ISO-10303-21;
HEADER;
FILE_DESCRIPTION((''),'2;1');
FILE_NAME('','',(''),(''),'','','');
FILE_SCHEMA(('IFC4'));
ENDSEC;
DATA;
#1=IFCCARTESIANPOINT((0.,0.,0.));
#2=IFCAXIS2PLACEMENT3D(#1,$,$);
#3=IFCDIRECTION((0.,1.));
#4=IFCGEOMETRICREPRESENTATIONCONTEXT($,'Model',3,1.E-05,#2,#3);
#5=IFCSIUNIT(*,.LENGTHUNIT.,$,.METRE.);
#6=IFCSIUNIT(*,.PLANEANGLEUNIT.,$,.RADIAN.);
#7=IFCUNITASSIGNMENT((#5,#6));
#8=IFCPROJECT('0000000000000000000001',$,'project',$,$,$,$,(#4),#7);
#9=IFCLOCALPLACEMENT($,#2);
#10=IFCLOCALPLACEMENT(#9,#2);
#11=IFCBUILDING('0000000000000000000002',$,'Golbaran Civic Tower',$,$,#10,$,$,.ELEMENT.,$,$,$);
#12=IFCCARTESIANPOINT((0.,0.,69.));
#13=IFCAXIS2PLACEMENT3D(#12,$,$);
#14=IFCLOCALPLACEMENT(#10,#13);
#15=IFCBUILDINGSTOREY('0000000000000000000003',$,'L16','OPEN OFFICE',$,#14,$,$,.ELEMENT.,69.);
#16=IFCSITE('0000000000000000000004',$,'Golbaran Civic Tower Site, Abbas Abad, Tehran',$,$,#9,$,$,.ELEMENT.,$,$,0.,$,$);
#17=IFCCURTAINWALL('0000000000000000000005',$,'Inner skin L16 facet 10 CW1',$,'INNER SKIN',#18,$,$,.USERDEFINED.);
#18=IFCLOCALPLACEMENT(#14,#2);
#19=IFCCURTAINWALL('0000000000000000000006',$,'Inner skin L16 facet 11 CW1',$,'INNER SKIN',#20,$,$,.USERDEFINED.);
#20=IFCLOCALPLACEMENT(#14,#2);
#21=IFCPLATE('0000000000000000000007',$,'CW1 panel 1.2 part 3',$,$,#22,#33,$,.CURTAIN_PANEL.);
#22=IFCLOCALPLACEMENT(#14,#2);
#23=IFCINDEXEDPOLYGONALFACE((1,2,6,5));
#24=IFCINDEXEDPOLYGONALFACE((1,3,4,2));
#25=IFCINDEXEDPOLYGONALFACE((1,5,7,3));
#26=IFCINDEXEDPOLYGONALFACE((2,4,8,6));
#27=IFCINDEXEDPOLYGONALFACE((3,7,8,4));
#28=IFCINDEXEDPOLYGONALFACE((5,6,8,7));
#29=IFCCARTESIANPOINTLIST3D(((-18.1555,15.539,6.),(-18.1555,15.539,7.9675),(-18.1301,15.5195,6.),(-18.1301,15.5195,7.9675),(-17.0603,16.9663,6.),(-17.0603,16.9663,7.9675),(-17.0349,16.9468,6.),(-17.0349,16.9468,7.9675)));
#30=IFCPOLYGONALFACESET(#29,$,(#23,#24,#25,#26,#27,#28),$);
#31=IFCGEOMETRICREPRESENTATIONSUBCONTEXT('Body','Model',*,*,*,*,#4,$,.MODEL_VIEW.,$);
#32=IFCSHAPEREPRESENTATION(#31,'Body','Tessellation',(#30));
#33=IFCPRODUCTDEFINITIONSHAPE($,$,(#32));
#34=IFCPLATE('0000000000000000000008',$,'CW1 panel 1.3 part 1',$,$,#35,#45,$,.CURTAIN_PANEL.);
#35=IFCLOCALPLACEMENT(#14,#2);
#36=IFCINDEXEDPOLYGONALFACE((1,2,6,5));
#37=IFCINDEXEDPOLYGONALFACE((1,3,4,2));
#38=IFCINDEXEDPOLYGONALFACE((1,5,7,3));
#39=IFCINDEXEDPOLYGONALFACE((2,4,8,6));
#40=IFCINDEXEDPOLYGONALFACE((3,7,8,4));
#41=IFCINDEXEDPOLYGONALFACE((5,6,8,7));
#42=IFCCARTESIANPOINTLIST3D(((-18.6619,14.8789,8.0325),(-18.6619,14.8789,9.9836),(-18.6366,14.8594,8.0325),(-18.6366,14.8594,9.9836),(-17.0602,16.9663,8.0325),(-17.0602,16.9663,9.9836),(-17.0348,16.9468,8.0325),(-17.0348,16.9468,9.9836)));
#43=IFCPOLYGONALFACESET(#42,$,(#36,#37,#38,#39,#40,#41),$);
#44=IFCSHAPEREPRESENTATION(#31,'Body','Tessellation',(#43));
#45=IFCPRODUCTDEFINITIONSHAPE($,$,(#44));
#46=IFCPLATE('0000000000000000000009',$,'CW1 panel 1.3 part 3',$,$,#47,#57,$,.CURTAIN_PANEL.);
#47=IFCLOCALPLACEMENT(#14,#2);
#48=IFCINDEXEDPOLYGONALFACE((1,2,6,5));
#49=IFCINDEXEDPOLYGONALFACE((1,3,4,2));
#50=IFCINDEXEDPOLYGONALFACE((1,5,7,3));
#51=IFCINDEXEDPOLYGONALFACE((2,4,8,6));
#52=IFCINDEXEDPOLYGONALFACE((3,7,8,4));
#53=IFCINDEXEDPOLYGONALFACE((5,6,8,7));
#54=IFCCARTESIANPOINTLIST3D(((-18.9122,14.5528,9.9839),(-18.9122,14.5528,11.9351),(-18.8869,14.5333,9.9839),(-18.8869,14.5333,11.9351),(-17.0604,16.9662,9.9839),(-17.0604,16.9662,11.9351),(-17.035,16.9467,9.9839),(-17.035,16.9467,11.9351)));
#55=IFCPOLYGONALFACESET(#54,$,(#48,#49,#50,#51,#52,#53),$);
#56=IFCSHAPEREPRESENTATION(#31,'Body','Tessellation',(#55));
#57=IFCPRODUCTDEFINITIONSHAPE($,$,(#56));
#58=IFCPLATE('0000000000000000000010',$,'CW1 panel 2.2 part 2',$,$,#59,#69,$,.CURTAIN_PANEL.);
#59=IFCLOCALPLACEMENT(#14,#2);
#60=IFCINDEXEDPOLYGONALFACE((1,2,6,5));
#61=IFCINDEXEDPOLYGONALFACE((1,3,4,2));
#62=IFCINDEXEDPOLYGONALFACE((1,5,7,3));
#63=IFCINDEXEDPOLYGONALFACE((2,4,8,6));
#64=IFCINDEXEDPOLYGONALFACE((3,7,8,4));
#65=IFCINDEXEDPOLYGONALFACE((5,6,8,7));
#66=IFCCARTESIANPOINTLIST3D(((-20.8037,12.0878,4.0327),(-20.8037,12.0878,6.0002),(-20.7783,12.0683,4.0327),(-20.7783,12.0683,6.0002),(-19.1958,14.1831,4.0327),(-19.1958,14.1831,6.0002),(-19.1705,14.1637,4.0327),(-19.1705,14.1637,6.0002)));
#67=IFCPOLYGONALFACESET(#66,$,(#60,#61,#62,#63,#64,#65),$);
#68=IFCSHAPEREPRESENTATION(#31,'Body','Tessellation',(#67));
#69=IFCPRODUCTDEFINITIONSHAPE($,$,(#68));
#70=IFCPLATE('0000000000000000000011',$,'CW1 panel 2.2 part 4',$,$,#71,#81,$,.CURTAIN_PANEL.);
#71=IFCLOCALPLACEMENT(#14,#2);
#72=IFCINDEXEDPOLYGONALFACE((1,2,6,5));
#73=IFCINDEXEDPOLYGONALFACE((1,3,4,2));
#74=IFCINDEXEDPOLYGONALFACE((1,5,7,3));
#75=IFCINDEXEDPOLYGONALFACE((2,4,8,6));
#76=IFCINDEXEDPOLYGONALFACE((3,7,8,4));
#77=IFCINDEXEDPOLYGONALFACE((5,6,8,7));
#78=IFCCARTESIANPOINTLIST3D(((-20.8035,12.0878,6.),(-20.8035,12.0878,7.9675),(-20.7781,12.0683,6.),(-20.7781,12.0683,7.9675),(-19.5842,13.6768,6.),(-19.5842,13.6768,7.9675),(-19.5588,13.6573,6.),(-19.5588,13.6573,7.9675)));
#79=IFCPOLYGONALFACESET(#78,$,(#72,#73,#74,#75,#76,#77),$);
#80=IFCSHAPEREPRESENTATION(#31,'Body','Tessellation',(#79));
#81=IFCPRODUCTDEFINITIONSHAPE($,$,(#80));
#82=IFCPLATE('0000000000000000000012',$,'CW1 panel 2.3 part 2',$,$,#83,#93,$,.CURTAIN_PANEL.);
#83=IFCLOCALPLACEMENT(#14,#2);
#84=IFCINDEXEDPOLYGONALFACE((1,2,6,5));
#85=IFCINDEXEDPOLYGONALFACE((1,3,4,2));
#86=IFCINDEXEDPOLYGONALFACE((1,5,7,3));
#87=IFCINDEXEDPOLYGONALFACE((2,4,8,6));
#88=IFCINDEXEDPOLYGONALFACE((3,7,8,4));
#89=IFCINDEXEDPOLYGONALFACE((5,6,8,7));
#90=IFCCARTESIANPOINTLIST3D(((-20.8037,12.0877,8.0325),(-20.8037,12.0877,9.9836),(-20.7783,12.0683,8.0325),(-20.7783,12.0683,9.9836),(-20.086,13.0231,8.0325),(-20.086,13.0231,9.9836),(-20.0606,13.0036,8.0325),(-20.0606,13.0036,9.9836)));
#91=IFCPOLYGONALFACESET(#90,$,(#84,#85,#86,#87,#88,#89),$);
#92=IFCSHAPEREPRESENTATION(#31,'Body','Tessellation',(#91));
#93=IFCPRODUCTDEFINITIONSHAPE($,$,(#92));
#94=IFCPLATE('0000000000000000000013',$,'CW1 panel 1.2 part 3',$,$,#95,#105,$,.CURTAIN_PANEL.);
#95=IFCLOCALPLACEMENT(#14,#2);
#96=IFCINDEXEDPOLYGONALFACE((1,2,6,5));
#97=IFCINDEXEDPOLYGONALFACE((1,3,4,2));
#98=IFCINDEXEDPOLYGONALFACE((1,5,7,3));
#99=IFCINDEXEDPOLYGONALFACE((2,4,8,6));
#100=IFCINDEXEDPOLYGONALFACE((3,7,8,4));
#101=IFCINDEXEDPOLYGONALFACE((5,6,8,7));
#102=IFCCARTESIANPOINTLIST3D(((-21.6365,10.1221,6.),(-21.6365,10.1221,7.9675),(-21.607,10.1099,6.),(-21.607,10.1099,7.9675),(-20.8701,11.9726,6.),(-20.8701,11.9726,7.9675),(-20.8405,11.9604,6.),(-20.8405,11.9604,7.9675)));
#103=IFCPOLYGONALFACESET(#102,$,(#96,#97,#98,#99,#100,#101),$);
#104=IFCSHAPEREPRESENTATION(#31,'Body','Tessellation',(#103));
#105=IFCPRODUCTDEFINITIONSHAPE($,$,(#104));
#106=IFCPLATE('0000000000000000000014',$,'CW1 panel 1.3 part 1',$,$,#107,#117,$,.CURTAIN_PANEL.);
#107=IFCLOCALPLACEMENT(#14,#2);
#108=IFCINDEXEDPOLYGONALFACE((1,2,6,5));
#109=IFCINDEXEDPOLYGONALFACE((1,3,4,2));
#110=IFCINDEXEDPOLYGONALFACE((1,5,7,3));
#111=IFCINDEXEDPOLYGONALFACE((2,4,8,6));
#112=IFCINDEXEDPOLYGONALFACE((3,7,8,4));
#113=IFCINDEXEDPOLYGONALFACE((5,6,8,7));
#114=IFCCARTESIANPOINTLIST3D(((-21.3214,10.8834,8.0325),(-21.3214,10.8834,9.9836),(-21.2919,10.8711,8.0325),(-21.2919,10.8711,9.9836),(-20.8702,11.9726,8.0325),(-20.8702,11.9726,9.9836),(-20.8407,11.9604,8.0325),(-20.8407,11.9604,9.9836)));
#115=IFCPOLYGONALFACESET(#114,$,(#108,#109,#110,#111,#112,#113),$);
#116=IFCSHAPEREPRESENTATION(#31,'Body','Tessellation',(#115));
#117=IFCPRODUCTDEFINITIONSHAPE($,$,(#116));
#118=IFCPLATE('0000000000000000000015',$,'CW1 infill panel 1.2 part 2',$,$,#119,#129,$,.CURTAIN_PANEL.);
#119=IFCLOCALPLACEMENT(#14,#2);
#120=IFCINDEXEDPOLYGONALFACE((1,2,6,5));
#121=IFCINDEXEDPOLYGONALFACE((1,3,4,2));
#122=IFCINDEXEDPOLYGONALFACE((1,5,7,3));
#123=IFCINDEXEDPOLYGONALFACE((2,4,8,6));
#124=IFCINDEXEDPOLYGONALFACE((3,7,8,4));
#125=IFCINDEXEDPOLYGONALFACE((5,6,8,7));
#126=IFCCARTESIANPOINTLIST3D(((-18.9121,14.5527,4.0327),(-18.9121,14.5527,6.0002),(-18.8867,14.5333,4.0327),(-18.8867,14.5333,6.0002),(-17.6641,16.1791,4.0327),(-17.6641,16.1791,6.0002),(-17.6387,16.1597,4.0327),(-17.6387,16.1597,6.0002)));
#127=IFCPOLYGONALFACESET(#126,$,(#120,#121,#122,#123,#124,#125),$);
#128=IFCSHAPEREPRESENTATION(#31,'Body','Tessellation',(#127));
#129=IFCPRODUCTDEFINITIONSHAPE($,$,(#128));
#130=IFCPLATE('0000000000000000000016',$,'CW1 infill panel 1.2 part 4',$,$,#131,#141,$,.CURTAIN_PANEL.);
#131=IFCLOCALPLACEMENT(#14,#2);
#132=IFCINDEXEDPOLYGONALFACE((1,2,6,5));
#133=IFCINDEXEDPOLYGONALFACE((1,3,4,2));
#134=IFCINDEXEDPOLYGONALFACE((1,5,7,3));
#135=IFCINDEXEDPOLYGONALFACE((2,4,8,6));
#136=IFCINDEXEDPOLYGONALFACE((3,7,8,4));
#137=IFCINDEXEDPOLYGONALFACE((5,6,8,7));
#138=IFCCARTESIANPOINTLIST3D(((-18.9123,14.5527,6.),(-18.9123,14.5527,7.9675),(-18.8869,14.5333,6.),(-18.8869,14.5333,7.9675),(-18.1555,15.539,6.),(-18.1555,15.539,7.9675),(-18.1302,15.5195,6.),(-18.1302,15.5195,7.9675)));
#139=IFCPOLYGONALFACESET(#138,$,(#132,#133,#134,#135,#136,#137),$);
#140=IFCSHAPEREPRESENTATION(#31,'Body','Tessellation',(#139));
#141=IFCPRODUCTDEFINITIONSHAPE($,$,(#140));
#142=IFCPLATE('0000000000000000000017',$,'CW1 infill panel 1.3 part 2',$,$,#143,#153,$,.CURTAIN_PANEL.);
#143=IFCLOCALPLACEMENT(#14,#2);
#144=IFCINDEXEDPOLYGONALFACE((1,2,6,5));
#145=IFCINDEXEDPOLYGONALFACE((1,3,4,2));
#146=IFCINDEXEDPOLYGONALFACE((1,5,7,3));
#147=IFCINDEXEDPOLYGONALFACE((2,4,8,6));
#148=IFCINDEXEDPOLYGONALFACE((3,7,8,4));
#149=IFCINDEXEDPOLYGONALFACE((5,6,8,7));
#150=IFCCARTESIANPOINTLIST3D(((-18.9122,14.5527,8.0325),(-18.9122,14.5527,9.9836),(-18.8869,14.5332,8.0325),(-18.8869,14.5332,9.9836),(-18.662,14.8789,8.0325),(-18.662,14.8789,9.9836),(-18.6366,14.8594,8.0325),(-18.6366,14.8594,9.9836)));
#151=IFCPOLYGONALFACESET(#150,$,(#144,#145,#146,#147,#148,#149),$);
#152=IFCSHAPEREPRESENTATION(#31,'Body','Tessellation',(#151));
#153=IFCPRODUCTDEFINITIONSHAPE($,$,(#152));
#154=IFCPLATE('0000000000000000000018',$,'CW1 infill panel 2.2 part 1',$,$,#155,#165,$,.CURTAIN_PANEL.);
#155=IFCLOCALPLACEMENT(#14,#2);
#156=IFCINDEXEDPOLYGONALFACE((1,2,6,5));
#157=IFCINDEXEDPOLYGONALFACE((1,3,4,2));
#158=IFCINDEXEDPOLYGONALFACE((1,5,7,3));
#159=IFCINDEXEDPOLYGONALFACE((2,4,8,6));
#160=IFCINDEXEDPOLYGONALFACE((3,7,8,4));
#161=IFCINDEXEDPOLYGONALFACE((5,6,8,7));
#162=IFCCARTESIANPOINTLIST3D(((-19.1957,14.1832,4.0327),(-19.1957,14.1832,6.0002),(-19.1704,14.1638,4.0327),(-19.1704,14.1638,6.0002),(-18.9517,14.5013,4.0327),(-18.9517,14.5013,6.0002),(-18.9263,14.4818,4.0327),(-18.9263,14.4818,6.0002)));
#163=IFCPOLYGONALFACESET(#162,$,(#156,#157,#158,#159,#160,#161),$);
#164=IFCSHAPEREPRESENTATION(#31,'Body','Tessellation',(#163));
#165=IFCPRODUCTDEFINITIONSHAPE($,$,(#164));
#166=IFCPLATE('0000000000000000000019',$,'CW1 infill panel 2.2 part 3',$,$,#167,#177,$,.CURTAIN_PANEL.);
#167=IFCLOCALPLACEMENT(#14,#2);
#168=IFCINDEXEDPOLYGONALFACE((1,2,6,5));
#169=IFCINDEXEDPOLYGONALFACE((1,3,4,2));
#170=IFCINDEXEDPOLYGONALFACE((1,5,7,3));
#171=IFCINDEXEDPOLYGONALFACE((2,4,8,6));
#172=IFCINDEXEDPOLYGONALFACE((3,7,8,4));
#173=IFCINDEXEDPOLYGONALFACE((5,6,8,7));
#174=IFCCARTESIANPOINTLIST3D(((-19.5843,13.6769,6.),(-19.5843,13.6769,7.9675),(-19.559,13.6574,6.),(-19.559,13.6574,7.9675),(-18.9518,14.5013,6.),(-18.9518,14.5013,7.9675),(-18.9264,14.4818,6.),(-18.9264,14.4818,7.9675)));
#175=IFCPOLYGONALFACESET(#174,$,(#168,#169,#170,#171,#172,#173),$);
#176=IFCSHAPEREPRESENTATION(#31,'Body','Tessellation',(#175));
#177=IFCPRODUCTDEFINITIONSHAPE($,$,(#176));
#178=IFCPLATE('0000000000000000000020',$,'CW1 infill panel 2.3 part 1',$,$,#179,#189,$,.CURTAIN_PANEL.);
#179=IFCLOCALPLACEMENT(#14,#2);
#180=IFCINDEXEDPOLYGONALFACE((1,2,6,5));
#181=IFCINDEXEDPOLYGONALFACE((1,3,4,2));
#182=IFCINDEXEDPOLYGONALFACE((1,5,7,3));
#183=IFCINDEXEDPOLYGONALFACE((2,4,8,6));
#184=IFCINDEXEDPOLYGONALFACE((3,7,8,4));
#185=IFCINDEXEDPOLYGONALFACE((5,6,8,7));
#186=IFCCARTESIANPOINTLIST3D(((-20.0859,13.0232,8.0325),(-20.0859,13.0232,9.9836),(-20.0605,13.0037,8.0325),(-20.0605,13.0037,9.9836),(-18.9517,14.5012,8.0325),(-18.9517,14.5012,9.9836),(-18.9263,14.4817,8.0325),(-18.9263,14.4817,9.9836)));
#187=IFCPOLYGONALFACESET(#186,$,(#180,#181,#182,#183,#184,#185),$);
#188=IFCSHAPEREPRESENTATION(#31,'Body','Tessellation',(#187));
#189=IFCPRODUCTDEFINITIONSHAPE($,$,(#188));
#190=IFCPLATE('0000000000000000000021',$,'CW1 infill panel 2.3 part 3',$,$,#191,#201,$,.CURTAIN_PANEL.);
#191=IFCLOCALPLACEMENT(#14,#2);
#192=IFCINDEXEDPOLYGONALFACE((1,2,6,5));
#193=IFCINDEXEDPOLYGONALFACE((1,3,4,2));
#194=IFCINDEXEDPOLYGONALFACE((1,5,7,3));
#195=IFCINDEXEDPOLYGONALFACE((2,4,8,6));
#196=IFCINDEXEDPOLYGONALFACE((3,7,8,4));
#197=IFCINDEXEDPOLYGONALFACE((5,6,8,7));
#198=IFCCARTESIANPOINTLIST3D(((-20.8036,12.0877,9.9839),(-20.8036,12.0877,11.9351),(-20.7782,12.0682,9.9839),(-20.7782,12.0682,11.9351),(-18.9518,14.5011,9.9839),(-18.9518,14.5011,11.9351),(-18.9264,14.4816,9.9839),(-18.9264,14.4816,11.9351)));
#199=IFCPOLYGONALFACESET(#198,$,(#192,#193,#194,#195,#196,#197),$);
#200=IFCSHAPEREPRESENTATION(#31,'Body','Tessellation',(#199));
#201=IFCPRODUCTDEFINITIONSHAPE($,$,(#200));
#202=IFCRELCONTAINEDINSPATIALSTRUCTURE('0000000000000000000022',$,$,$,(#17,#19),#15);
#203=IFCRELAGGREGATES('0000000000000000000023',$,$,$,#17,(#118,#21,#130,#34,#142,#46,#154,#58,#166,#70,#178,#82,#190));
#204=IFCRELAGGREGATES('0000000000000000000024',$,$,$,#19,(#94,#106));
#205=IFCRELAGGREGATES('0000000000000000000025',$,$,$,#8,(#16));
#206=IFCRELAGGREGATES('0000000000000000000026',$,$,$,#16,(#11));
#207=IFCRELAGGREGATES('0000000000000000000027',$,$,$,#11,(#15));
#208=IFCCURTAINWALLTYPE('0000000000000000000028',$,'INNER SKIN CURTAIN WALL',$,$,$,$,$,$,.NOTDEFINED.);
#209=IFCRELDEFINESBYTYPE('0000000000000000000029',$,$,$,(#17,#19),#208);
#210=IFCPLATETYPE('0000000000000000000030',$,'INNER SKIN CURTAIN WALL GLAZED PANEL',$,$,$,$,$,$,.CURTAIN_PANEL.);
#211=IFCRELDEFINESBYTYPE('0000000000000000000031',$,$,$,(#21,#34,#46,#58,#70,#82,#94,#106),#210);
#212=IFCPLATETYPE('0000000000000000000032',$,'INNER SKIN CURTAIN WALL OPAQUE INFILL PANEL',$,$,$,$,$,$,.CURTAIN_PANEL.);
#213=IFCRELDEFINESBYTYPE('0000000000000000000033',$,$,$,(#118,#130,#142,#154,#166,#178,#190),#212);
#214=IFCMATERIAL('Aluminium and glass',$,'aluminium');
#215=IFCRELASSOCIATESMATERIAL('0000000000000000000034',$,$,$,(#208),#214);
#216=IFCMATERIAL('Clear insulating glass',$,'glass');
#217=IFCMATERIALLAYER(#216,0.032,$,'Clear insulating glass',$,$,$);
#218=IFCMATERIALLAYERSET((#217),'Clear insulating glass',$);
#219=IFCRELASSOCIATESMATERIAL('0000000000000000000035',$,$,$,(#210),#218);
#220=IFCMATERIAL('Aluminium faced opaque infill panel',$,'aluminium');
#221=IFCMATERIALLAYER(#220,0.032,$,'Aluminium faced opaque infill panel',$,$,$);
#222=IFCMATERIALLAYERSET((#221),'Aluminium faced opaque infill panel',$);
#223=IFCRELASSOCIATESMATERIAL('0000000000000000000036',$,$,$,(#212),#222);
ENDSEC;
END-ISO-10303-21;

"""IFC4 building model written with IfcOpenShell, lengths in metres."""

from ifc_helpers import new_model, si_unit, direction, frame, origin, origin_2d, place, context, subcontext, project, spatial, rectangle, extrude, material, layer, layer_set, type_object, element, aggregate, save


model = new_model("IFC4")

# Units and contexts
model_context = context("Model", 3, precision=1e-05, world=origin(), true_north=direction((0.0, 1.0)))
body_context = subcontext(model_context, "Body", "Model", "MODEL_VIEW")
ifc_project = project(units=[si_unit("LENGTHUNIT", "METRE"), si_unit("PLANEANGLEUNIT", "RADIAN")], contexts=[model_context])

# Site, building, storey
site_placement = place(None, origin())
site = spatial("IfcSite", under=ifc_project, at=site_placement, Name="Golbaran Civic Tower Site, Abbas Abad, Tehran", CompositionType="ELEMENT", RefElevation=0.0)
building_placement = place(site_placement, origin())
building = spatial("IfcBuilding", under=site, at=building_placement, Name="Golbaran Civic Tower", CompositionType="ELEMENT")
storey_placement = place(building_placement, frame((0.0, 0.0, 69.0)))
storey = spatial("IfcBuildingStorey", under=building, at=storey_placement, Name="L16", Description="OPEN OFFICE", CompositionType="ELEMENT", Elevation=69.0)

# Curtain walls
ifc_material_1 = material(Name="Aluminium and glass", Category="aluminium")
curtain_wall_type_1 = type_object("IfcCurtainWallType", Name="INNER SKIN CURTAIN WALL", PredefinedType="NOTDEFINED", material=ifc_material_1)
curtain_wall_1_placement = place(storey_placement, origin())
curtain_wall_1 = element("IfcCurtainWall", 1, at=curtain_wall_1_placement, inside=storey, type_object=curtain_wall_type_1, Name="Inner skin L16 facet 10 CW1", ObjectType="INNER SKIN", PredefinedType="USERDEFINED")
curtain_wall_2_placement = place(storey_placement, origin())
curtain_wall_2 = element("IfcCurtainWall", 2, at=curtain_wall_2_placement, inside=storey, type_object=curtain_wall_type_1, Name="Inner skin L16 facet 11 CW1", ObjectType="INNER SKIN", PredefinedType="USERDEFINED")

# Shared definitions
ifc_material_2 = material(Name="Clear insulating glass", Category="glass")
ifc_layer_1 = layer(ifc_material_2, 0.032, Name="Clear insulating glass")
ifc_layer_set_1 = layer_set([ifc_layer_1], Name="Clear insulating glass")
plate_type_1 = type_object("IfcPlateType", Name="INNER SKIN CURTAIN WALL GLAZED PANEL", PredefinedType="CURTAIN_PANEL", material=ifc_layer_set_1)

# Plates
plate_1_placement = place(storey_placement, frame((-17.5952, 16.2429, 6.0), z_axis=(0.0, 0.0, 1.0), x_axis=(-0.608761, -0.793353, 0.0)))
plate_1 = element("IfcPlate", 3, at=plate_1_placement, type_object=plate_type_1, Name="CW1 panel 1.2 part 3", PredefinedType="CURTAIN_PANEL", context=body_context, shape_type="SweptSolid", body=[
    extrude(rectangle(XDim=1.7991, YDim=0.032, at=origin_2d()), origin(), (0.0, 0.0, 1.0), 1.9675),
])
plate_2_placement = place(storey_placement, frame((-17.8484, 15.9128, 8.0325), z_axis=(0.0, 0.0, 1.0), x_axis=(-0.608761, -0.793353, 0.0)))
plate_2 = element("IfcPlate", 4, at=plate_2_placement, type_object=plate_type_1, Name="CW1 panel 1.3 part 1", PredefinedType="CURTAIN_PANEL", context=body_context, shape_type="SweptSolid", body=[
    extrude(rectangle(XDim=2.6311, YDim=0.032, at=origin_2d()), origin(), (0.0, 0.0, 1.0), 1.9512),
])
plate_3_placement = place(storey_placement, frame((-17.9736, 15.7498, 9.9839), z_axis=(0.0, 0.0, 1.0), x_axis=(-0.608761, -0.793353, 0.0)))
plate_3 = element("IfcPlate", 5, at=plate_3_placement, type_object=plate_type_1, Name="CW1 panel 1.3 part 3", PredefinedType="CURTAIN_PANEL", context=body_context, shape_type="SweptSolid", body=[
    extrude(rectangle(XDim=3.042, YDim=0.032, at=origin_2d()), origin(), (0.0, 0.0, 1.0), 1.9512),
])
plate_4_placement = place(storey_placement, frame((-19.9871, 13.1257, 4.0327), z_axis=(0.0, 0.0, 1.0), x_axis=(-0.608761, -0.793353, 0.0)))
plate_4 = element("IfcPlate", 6, at=plate_4_placement, type_object=plate_type_1, Name="CW1 panel 2.2 part 2", PredefinedType="CURTAIN_PANEL", context=body_context, shape_type="SweptSolid", body=[
    extrude(rectangle(XDim=2.6411, YDim=0.032, at=origin_2d()), origin(), (0.0, 0.0, 1.0), 1.9675),
])
plate_5_placement = place(storey_placement, frame((-20.1812, 12.8726, 6.0), z_axis=(0.0, 0.0, 1.0), x_axis=(-0.608761, -0.793353, 0.0)))
plate_5 = element("IfcPlate", 7, at=plate_5_placement, type_object=plate_type_1, Name="CW1 panel 2.2 part 4", PredefinedType="CURTAIN_PANEL", context=body_context, shape_type="SweptSolid", body=[
    extrude(rectangle(XDim=2.0029, YDim=0.032, at=origin_2d()), origin(), (0.0, 0.0, 1.0), 1.9675),
])
plate_6_placement = place(storey_placement, frame((-20.4321, 12.5457, 8.0325), z_axis=(0.0, 0.0, 1.0), x_axis=(-0.608761, -0.793353, 0.0)))
plate_6 = element("IfcPlate", 8, at=plate_6_placement, type_object=plate_type_1, Name="CW1 panel 2.3 part 2", PredefinedType="CURTAIN_PANEL", context=body_context, shape_type="SweptSolid", body=[
    extrude(rectangle(XDim=1.179, YDim=0.032, at=origin_2d()), origin(), (0.0, 0.0, 1.0), 1.9512),
])
plate_7_placement = place(storey_placement, frame((-21.2385, 11.0413, 6.0), z_axis=(0.0, 0.0, 1.0), x_axis=(-0.382683, -0.92388, 0.0)))
plate_7 = element("IfcPlate", 9, at=plate_7_placement, type_object=plate_type_1, Name="CW1 panel 1.2 part 3", PredefinedType="CURTAIN_PANEL", context=body_context, shape_type="SweptSolid", body=[
    extrude(rectangle(XDim=2.0029, YDim=0.032, at=origin_2d()), origin(), (0.0, 0.0, 1.0), 1.9675),
])
plate_8_placement = place(storey_placement, frame((-21.0811, 11.4219, 8.0325), z_axis=(0.0, 0.0, 1.0), x_axis=(-0.382683, -0.92388, 0.0)))
plate_8 = element("IfcPlate", 10, at=plate_8_placement, type_object=plate_type_1, Name="CW1 panel 1.3 part 1", PredefinedType="CURTAIN_PANEL", context=body_context, shape_type="SweptSolid", body=[
    extrude(rectangle(XDim=1.179, YDim=0.032, at=origin_2d()), origin(), (0.0, 0.0, 1.0), 1.9512),
])
ifc_material_3 = material(Name="Aluminium faced opaque infill panel", Category="aluminium")
ifc_layer_2 = layer(ifc_material_3, 0.032, Name="Aluminium faced opaque infill panel")
ifc_layer_set_2 = layer_set([ifc_layer_2], Name="Aluminium faced opaque infill panel")
plate_type_2 = type_object("IfcPlateType", Name="INNER SKIN CURTAIN WALL OPAQUE INFILL PANEL", PredefinedType="CURTAIN_PANEL", material=ifc_layer_set_2)
plate_9_placement = place(storey_placement, frame((-18.2754, 15.3562, 4.0327), z_axis=(0.0, 0.0, 1.0), x_axis=(-0.608761, -0.793353, 0.0)))
plate_9 = element("IfcPlate", 11, at=plate_9_placement, type_object=plate_type_2, Name="CW1 infill panel 1.2 part 2", PredefinedType="CURTAIN_PANEL", context=body_context, shape_type="SweptSolid", body=[
    extrude(rectangle(XDim=2.05, YDim=0.032, at=origin_2d()), origin(), (0.0, 0.0, 1.0), 1.9675),
])
plate_10_placement = place(storey_placement, frame((-18.5212, 15.0361, 6.0), z_axis=(0.0, 0.0, 1.0), x_axis=(-0.608761, -0.793353, 0.0)))
plate_10 = element("IfcPlate", 12, at=plate_10_placement, type_object=plate_type_2, Name="CW1 infill panel 1.2 part 4", PredefinedType="CURTAIN_PANEL", context=body_context, shape_type="SweptSolid", body=[
    extrude(rectangle(XDim=1.2432, YDim=0.032, at=origin_2d()), origin(), (0.0, 0.0, 1.0), 1.9675),
])
plate_11_placement = place(storey_placement, frame((-18.7744, 14.7061, 8.0325), z_axis=(0.0, 0.0, 1.0), x_axis=(-0.608761, -0.793353, 0.0)))
plate_11 = element("IfcPlate", 13, at=plate_11_placement, type_object=plate_type_2, Name="CW1 infill panel 1.3 part 2", PredefinedType="CURTAIN_PANEL", context=body_context, shape_type="SweptSolid", body=[
    extrude(rectangle(XDim=0.4111, YDim=0.032, at=origin_2d()), origin(), (0.0, 0.0, 1.0), 1.9512),
])
plate_12_placement = place(storey_placement, frame((-19.061, 14.3325, 4.0327), z_axis=(0.0, 0.0, 1.0), x_axis=(-0.608761, -0.793353, 0.0)))
plate_12 = element("IfcPlate", 14, at=plate_12_placement, type_object=plate_type_2, Name="CW1 infill panel 2.2 part 1", PredefinedType="CURTAIN_PANEL", context=body_context, shape_type="SweptSolid", body=[
    extrude(rectangle(XDim=0.4009, YDim=0.032, at=origin_2d()), origin(), (0.0, 0.0, 1.0), 1.9675),
])
plate_13_placement = place(storey_placement, frame((-19.2554, 14.0793, 6.0), z_axis=(0.0, 0.0, 1.0), x_axis=(-0.608761, -0.793353, 0.0)))
plate_13 = element("IfcPlate", 15, at=plate_13_placement, type_object=plate_type_2, Name="CW1 infill panel 2.2 part 3", PredefinedType="CURTAIN_PANEL", context=body_context, shape_type="SweptSolid", body=[
    extrude(rectangle(XDim=1.0391, YDim=0.032, at=origin_2d()), origin(), (0.0, 0.0, 1.0), 1.9675),
])
plate_14_placement = place(storey_placement, frame((-19.5061, 13.7524, 8.0325), z_axis=(0.0, 0.0, 1.0), x_axis=(-0.608761, -0.793353, 0.0)))
plate_14 = element("IfcPlate", 16, at=plate_14_placement, type_object=plate_type_2, Name="CW1 infill panel 2.3 part 1", PredefinedType="CURTAIN_PANEL", context=body_context, shape_type="SweptSolid", body=[
    extrude(rectangle(XDim=1.863, YDim=0.032, at=origin_2d()), origin(), (0.0, 0.0, 1.0), 1.9512),
])
plate_15_placement = place(storey_placement, frame((-19.865, 13.2847, 9.9839), z_axis=(0.0, 0.0, 1.0), x_axis=(-0.608761, -0.793353, 0.0)))
plate_15 = element("IfcPlate", 17, at=plate_15_placement, type_object=plate_type_2, Name="CW1 infill panel 2.3 part 3", PredefinedType="CURTAIN_PANEL", context=body_context, shape_type="SweptSolid", body=[
    extrude(rectangle(XDim=3.042, YDim=0.032, at=origin_2d()), origin(), (0.0, 0.0, 1.0), 1.9512),
])
aggregate(curtain_wall_1, [plate_9, plate_1, plate_10, plate_2, plate_11, plate_3, plate_12, plate_4, plate_13, plate_5, plate_14, plate_6, plate_15])
aggregate(curtain_wall_2, [plate_7, plate_8])

save(model, "model.ifc")
